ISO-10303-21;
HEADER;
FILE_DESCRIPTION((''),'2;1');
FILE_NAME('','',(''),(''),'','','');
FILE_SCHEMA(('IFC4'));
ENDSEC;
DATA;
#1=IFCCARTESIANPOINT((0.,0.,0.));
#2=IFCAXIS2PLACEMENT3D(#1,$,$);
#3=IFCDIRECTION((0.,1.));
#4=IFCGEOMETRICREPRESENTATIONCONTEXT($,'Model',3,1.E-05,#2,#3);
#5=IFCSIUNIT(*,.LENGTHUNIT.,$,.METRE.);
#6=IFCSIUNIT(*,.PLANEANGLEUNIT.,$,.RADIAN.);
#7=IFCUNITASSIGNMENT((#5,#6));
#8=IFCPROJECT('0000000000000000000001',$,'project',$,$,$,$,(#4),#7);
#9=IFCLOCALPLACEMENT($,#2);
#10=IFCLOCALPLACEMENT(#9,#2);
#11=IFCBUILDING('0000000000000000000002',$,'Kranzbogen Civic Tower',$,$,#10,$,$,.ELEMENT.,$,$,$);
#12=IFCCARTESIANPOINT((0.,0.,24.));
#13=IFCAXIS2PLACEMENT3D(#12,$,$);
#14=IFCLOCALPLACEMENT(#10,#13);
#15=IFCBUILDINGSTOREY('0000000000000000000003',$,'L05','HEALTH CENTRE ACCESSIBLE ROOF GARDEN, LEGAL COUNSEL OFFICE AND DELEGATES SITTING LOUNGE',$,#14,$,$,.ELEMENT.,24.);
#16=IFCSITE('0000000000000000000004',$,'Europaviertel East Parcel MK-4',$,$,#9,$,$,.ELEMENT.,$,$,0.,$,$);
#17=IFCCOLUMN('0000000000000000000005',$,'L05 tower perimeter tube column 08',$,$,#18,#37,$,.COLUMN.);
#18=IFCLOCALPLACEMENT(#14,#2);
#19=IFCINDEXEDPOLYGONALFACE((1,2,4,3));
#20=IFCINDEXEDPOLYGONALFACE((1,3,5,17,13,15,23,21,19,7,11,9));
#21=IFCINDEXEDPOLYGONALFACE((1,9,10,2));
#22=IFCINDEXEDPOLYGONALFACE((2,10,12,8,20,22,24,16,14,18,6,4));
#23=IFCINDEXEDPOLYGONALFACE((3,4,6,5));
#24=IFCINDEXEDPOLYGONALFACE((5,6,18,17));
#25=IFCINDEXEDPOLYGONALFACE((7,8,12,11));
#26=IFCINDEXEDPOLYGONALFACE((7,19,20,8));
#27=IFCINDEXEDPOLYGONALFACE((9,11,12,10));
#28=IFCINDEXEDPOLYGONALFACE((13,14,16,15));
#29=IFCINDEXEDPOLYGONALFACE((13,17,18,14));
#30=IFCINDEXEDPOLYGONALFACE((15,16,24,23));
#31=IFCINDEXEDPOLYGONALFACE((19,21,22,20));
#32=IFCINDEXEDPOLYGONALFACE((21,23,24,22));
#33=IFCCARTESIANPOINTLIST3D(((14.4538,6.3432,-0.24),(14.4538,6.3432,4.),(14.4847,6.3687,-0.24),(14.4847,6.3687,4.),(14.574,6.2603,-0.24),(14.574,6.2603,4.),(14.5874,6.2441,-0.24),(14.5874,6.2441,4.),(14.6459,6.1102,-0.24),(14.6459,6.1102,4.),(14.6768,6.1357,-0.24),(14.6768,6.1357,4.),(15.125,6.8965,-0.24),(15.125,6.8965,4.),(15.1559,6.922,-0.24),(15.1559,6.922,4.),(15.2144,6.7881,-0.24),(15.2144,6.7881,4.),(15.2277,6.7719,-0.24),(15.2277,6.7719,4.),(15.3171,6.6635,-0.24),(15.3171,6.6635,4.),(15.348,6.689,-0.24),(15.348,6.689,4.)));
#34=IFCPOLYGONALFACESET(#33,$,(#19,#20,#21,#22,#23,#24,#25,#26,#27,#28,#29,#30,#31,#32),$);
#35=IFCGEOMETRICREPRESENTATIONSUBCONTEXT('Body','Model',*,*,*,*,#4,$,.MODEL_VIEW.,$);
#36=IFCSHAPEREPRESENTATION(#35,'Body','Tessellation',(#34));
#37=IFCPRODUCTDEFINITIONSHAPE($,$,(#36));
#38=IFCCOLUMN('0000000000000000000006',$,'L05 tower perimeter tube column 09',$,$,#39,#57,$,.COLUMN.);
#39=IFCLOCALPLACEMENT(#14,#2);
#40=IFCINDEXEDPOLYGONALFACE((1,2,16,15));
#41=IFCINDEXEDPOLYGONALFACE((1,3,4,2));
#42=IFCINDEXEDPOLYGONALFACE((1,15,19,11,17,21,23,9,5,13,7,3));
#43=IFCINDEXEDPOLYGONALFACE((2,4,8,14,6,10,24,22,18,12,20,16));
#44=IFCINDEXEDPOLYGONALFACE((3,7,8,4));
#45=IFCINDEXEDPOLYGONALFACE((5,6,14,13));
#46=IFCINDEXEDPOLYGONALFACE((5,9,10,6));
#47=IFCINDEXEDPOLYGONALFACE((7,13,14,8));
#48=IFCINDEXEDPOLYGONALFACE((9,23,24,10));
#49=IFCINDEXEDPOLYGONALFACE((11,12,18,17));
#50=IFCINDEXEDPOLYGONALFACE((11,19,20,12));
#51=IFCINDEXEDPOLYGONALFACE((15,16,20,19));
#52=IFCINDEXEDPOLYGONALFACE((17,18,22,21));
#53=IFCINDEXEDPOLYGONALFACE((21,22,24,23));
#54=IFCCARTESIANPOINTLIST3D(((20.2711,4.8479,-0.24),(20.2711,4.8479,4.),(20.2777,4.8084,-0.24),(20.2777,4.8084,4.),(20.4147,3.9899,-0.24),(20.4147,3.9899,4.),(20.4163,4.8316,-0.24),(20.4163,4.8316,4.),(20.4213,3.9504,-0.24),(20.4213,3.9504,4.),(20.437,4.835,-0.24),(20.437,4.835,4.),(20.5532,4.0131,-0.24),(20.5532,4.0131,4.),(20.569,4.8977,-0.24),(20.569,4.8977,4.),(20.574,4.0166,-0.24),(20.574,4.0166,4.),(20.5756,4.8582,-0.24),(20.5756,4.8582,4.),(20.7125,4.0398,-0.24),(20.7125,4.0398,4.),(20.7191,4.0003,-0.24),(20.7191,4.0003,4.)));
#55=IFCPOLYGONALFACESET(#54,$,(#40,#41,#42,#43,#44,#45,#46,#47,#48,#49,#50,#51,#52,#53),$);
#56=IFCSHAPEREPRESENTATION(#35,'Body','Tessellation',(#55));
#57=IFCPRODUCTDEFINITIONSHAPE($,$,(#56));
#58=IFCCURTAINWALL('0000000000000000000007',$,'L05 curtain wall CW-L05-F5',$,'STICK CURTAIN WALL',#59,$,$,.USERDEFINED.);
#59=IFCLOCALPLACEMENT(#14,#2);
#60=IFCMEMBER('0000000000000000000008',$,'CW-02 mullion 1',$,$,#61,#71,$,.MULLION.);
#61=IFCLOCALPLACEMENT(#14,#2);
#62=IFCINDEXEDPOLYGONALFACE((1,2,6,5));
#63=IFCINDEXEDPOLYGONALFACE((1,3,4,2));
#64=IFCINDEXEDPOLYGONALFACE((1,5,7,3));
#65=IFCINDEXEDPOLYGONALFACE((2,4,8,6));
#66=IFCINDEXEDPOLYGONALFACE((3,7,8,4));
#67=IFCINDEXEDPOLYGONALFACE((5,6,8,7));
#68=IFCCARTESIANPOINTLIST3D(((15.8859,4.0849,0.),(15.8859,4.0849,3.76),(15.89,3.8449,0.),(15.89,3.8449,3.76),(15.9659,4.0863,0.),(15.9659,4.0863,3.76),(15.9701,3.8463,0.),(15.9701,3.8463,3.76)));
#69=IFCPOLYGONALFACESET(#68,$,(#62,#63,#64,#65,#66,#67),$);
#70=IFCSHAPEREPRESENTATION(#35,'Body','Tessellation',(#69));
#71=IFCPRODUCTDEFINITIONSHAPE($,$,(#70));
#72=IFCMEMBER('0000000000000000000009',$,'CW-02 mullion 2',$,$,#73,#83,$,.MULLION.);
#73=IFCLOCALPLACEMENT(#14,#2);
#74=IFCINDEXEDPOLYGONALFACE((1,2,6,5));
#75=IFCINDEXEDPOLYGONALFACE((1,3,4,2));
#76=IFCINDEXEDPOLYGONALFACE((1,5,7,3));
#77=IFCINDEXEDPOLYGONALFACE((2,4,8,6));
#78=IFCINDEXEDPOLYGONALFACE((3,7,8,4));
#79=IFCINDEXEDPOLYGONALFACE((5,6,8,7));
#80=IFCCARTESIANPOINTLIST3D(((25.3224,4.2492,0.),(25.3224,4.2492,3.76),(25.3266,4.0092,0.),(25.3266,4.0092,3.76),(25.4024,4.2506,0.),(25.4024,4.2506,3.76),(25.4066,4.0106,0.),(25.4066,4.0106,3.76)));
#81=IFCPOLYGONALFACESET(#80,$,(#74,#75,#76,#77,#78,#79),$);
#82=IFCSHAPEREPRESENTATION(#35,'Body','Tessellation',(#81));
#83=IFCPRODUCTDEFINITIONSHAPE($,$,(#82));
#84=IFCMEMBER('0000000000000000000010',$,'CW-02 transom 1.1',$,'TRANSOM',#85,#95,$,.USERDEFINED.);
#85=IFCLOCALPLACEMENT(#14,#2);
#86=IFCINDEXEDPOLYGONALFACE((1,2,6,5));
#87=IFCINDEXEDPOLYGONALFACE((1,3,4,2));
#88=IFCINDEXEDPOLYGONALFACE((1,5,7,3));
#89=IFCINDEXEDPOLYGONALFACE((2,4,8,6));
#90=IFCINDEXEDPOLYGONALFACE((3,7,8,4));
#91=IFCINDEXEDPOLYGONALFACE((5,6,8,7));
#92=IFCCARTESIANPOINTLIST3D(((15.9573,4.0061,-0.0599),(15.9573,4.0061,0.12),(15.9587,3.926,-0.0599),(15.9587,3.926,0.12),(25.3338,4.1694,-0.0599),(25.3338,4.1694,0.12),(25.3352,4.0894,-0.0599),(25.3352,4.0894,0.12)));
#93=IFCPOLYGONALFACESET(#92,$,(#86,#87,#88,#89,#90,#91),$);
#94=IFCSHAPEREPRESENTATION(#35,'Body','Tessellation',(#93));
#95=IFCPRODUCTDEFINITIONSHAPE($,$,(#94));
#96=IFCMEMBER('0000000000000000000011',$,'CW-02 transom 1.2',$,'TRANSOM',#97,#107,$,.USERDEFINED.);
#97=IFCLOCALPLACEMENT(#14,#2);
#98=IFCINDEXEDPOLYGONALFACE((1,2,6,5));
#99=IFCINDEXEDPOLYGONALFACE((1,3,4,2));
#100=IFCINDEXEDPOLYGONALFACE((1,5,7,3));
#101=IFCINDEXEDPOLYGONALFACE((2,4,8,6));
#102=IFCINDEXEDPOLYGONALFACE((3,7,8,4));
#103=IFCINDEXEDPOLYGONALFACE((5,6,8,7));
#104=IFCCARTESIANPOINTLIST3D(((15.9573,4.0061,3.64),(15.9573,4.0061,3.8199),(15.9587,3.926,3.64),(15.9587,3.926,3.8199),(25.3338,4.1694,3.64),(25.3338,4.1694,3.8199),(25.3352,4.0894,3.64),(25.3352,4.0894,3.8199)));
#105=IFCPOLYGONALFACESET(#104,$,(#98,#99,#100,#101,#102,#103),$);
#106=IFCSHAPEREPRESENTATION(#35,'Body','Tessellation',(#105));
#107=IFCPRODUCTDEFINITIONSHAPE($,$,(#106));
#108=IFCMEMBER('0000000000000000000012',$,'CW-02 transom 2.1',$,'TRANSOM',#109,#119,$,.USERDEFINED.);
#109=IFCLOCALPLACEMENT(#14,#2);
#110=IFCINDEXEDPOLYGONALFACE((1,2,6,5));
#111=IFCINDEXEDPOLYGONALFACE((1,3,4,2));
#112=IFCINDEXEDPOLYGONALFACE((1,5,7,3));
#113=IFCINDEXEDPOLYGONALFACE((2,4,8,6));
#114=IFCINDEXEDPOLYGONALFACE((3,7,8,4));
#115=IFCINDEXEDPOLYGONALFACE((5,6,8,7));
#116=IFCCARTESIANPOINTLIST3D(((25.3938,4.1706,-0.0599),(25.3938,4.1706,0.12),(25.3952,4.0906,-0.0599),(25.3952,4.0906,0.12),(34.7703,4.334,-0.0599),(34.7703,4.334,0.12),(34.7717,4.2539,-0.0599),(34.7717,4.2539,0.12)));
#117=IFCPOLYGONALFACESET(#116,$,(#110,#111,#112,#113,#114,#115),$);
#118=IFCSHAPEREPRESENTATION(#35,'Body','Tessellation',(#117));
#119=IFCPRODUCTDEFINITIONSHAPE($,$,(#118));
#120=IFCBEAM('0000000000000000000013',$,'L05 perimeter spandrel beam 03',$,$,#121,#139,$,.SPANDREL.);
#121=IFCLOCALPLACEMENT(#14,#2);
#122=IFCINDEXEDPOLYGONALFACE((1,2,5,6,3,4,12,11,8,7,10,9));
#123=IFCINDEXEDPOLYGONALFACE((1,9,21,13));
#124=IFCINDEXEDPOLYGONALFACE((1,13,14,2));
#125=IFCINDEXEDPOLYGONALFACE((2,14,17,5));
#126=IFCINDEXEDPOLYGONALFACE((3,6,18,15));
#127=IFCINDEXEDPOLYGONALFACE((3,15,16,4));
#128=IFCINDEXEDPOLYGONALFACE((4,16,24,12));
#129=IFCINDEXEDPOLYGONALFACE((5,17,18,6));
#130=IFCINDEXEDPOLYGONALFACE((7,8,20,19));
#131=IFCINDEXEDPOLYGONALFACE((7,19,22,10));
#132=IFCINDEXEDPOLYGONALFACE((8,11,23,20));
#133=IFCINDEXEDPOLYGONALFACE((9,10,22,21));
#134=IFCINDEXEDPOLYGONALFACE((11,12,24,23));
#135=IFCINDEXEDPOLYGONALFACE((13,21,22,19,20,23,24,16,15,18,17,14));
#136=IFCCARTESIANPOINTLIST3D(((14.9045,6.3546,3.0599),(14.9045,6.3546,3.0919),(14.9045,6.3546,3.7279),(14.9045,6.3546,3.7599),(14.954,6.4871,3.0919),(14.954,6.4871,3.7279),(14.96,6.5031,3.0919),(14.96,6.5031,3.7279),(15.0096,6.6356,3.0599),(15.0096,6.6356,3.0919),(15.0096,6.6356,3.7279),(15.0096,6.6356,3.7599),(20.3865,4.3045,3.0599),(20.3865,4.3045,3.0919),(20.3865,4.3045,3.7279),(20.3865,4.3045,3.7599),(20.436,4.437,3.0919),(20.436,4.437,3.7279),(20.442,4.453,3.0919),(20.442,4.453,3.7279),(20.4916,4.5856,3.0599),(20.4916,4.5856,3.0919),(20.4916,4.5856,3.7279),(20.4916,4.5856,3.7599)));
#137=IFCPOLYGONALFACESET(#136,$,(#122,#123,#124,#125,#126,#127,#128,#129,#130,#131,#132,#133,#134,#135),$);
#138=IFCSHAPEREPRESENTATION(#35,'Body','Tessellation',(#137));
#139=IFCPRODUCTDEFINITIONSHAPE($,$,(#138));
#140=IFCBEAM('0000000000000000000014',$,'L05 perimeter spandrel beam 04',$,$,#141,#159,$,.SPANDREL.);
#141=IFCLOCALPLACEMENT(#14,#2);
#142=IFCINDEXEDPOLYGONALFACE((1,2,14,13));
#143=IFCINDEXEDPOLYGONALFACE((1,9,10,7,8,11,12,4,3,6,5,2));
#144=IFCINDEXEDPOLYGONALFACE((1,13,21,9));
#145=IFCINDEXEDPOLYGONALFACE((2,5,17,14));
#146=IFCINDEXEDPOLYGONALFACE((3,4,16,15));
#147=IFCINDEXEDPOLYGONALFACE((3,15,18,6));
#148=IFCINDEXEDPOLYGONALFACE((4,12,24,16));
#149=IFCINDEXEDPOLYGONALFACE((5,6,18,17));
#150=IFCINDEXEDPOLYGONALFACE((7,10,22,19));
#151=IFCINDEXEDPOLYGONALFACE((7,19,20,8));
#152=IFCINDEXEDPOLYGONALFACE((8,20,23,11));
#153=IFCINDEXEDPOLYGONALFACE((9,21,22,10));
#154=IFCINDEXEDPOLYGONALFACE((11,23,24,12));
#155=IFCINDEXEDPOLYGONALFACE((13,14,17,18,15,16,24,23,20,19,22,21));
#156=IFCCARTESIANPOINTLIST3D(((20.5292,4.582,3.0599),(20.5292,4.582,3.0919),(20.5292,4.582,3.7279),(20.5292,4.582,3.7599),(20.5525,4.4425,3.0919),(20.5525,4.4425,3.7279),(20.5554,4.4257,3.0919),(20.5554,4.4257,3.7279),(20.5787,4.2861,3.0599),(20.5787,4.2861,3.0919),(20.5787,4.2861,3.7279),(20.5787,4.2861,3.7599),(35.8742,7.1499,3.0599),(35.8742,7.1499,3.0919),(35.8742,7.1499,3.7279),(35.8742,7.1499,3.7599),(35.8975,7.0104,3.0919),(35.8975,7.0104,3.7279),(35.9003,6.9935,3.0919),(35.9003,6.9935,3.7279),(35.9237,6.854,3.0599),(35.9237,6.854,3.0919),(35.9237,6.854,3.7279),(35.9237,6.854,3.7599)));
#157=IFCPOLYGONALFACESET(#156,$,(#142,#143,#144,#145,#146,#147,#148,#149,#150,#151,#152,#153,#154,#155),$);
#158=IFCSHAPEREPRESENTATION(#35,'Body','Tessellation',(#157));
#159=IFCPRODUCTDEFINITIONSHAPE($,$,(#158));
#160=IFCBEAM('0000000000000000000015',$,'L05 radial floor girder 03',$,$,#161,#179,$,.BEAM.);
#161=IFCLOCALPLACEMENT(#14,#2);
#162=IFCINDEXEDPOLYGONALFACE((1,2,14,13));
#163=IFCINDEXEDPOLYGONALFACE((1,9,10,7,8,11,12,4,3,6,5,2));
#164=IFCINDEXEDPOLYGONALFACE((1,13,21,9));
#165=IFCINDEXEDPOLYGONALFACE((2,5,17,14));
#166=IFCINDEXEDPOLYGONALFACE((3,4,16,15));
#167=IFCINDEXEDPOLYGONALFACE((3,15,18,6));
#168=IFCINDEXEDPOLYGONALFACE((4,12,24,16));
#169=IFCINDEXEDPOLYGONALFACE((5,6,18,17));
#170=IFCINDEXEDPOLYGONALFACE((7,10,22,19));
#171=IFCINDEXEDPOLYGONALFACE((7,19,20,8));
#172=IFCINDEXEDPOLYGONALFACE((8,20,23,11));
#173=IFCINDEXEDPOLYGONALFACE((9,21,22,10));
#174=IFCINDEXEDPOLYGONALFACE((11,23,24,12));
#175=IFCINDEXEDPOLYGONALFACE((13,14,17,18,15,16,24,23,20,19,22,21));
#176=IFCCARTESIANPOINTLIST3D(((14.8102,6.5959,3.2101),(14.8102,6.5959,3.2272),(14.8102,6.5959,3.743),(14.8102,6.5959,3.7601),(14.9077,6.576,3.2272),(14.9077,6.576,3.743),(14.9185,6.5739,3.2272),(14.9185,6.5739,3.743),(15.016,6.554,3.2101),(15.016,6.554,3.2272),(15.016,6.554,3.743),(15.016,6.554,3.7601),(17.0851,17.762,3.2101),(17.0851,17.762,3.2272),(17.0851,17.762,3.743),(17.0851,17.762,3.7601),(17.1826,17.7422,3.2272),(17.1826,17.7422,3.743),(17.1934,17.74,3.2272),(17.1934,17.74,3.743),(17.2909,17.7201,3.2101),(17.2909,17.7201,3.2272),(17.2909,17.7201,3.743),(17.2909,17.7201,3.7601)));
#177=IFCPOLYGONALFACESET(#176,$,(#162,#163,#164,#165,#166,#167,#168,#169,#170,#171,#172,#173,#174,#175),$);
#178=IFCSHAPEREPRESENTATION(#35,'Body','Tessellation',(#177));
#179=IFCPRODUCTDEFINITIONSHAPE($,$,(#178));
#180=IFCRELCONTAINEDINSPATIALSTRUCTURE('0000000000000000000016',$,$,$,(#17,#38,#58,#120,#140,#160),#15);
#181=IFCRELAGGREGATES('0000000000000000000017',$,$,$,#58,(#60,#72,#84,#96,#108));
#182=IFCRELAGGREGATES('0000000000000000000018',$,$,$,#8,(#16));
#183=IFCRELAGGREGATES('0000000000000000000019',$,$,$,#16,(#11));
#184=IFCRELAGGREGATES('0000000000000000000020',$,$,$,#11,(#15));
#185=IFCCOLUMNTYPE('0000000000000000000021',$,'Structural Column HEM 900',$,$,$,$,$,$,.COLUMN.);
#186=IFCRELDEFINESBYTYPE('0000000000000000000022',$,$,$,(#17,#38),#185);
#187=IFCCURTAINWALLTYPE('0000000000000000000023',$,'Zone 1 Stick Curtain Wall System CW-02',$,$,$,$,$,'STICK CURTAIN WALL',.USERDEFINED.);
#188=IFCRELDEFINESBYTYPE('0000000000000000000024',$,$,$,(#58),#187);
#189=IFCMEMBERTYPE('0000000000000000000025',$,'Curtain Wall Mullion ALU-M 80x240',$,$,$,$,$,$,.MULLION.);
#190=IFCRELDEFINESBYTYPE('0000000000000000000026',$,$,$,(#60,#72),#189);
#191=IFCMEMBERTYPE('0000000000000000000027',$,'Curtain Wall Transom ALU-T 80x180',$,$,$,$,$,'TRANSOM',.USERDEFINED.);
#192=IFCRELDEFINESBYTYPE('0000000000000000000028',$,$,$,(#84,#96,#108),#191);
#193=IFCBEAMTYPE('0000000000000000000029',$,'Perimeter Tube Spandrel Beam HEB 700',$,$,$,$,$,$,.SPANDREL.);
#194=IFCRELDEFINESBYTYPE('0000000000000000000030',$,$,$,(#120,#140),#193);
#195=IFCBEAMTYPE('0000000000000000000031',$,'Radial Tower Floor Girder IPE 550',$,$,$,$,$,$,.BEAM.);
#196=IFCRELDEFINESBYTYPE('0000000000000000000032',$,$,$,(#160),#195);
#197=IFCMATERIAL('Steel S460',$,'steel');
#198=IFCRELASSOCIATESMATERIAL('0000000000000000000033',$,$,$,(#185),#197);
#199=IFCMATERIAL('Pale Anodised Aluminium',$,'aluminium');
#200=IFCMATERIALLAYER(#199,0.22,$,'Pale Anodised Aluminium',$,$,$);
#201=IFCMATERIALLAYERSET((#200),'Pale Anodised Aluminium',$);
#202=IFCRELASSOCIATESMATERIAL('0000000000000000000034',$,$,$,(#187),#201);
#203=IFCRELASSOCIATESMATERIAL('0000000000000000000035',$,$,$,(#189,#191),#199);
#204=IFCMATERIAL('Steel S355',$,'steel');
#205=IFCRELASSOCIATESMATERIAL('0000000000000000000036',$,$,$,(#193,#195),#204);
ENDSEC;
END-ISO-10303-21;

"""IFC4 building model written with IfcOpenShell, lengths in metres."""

from ifc_helpers import new_model, si_unit, direction, frame, origin, origin_2d, place, context, subcontext, project, spatial, rectangle, i_section, extrude, material, layer, layer_set, material_profile, profile_set, type_object, element, aggregate, save


model = new_model("IFC4")

# Units and contexts
model_context = context("Model", 3, precision=1e-05, world=origin(), true_north=direction((0.0, 1.0)))
body_context = subcontext(model_context, "Body", "Model", "MODEL_VIEW")
ifc_project = project(units=[si_unit("LENGTHUNIT", "METRE"), si_unit("PLANEANGLEUNIT", "RADIAN")], contexts=[model_context])

# Site, building, storey
site_placement = place(None, origin())
site = spatial("IfcSite", under=ifc_project, at=site_placement, Name="Europaviertel East Parcel MK-4", CompositionType="ELEMENT", RefElevation=0.0)
building_placement = place(site_placement, origin())
building = spatial("IfcBuilding", under=site, at=building_placement, Name="Kranzbogen Civic Tower", CompositionType="ELEMENT")
storey_placement = place(building_placement, frame((0.0, 0.0, 24.0)))
storey = spatial("IfcBuildingStorey", under=building, at=storey_placement, Name="L05", Description="HEALTH CENTRE ACCESSIBLE ROOF GARDEN, LEGAL COUNSEL OFFICE AND DELEGATES SITTING LOUNGE", CompositionType="ELEMENT", Elevation=24.0)

# Columns
ifc_material_1 = material(Name="Steel S460", Category="steel")
ifc_material_profile_1 = material_profile(ifc_material_1, i_section(OverallWidth=0.302, OverallDepth=0.9099, WebThickness=0.021, FlangeThickness=0.04, at=origin_2d()), Name="HEM 900")
ifc_profile_set_1 = profile_set([ifc_material_profile_1], Name="Steel S460")
column_type = type_object("IfcColumnType", Name="Structural Column HEM 900", PredefinedType="COLUMN", material=ifc_profile_set_1)
for number, where, z_axis, x_axis, name in (
    (1, (14.9009, 6.5161, -0.24), (0.0, 0.0, 1.0), (-0.636078, 0.771625, 0.0), "L05 tower perimeter tube column 08"),
    (2, (20.4951, 4.4241, -0.24), (0.0, 0.0, 1.0), (0.986286, 0.165048, 0.0), "L05 tower perimeter tube column 09"),
):
    element("IfcColumn", number, at=place(storey_placement, frame(where, z_axis=z_axis, x_axis=x_axis)), inside=storey, type_object=column_type, Name=name, PredefinedType="COLUMN", context=body_context, shape_type="SweptSolid", body=[
        extrude(i_section(OverallWidth=0.302, OverallDepth=0.9099, WebThickness=0.021, FlangeThickness=0.04, at=origin_2d()), origin(), (0.0, 0.0, 1.0), 4.24),
    ])

# Curtain wall, members
ifc_material_2 = material(Name="Pale Anodised Aluminium", Category="aluminium")
ifc_layer_1 = layer(ifc_material_2, 0.22, Name="Pale Anodised Aluminium")
ifc_layer_set_1 = layer_set([ifc_layer_1], Name="Pale Anodised Aluminium")
curtain_wall_type = type_object("IfcCurtainWallType", Name="Zone 1 Stick Curtain Wall System CW-02", ElementType="STICK CURTAIN WALL", PredefinedType="USERDEFINED", material=ifc_layer_set_1)
curtain_wall_placement = place(storey_placement, origin())
curtain_wall = element("IfcCurtainWall", 3, at=curtain_wall_placement, inside=storey, type_object=curtain_wall_type, Name="L05 curtain wall CW-L05-F5", ObjectType="STICK CURTAIN WALL", PredefinedType="USERDEFINED")
ifc_material_profile_2 = material_profile(ifc_material_2, rectangle(XDim=0.0801, YDim=0.24, at=origin_2d()), Name="ALU-M 80x240")
ifc_profile_set_2 = profile_set([ifc_material_profile_2], Name="Pale Anodised Aluminium")
member_type_1 = type_object("IfcMemberType", Name="Curtain Wall Mullion ALU-M 80x240", PredefinedType="MULLION", material=ifc_profile_set_2)
member_1_placement = place(storey_placement, frame((15.928, 3.9656, 0.0), z_axis=(0.0, 0.0, 1.0), x_axis=(0.999848, 0.017427, 0.0)))
member_1 = element("IfcMember", 4, at=member_1_placement, type_object=member_type_1, Name="CW-02 mullion 1", PredefinedType="MULLION", context=body_context, shape_type="SweptSolid", body=[
    extrude(rectangle(XDim=0.0801, YDim=0.24, at=origin_2d()), origin(), (0.0, 0.0, 1.0), 3.76),
])
member_2_placement = place(storey_placement, frame((25.3645, 4.1299, 0.0), z_axis=(0.0, 0.0, 1.0), x_axis=(0.999848, 0.017427, 0.0)))
member_2 = element("IfcMember", 5, at=member_2_placement, type_object=member_type_1, Name="CW-02 mullion 2", PredefinedType="MULLION", context=body_context, shape_type="SweptSolid", body=[
    extrude(rectangle(XDim=0.0801, YDim=0.24, at=origin_2d()), origin(), (0.0, 0.0, 1.0), 3.76),
])
ifc_material_profile_3 = material_profile(ifc_material_2, rectangle(XDim=0.0801, YDim=0.1799, at=origin_2d()), Name="ALU-T 80x180")
ifc_profile_set_3 = profile_set([ifc_material_profile_3], Name="Pale Anodised Aluminium")
member_type_2 = type_object("IfcMemberType", Name="Curtain Wall Transom ALU-T 80x180", ElementType="TRANSOM", PredefinedType="USERDEFINED", material=ifc_profile_set_3)
member_3_placement = place(storey_placement, frame((15.958, 3.9661, 0.03), z_axis=(0.999848, 0.017417, 0.0), x_axis=(-0.017417, 0.999848, 0.0)))
member_3 = element("IfcMember", 6, at=member_3_placement, type_object=member_type_2, Name="CW-02 transom 1.1", ObjectType="TRANSOM", PredefinedType="USERDEFINED", context=body_context, shape_type="SweptSolid", body=[
    extrude(rectangle(XDim=0.0801, YDim=0.1799, at=origin_2d()), origin(), (0.0, 0.0, 1.0), 9.3779),
])
member_4_placement = place(storey_placement, frame((15.958, 3.9661, 3.73), z_axis=(0.999848, 0.017417, 0.0), x_axis=(-0.017417, 0.999848, 0.0)))
member_4 = element("IfcMember", 7, at=member_4_placement, type_object=member_type_2, Name="CW-02 transom 1.2", ObjectType="TRANSOM", PredefinedType="USERDEFINED", context=body_context, shape_type="SweptSolid", body=[
    extrude(rectangle(XDim=0.0801, YDim=0.1799, at=origin_2d()), origin(), (0.0, 0.0, 1.0), 9.3779),
])
member_5_placement = place(storey_placement, frame((25.3945, 4.1306, 0.03), z_axis=(0.999848, 0.017417, 0.0), x_axis=(-0.017417, 0.999848, 0.0)))
member_5 = element("IfcMember", 8, at=member_5_placement, type_object=member_type_2, Name="CW-02 transom 2.1", ObjectType="TRANSOM", PredefinedType="USERDEFINED", context=body_context, shape_type="SweptSolid", body=[
    extrude(rectangle(XDim=0.0801, YDim=0.1799, at=origin_2d()), origin(), (0.0, 0.0, 1.0), 9.3779),
])

# Beams
ifc_material_3 = material(Name="Steel S355", Category="steel")
ifc_material_profile_4 = material_profile(ifc_material_3, i_section(OverallWidth=0.3, OverallDepth=0.7, WebThickness=0.0171, FlangeThickness=0.032, at=origin_2d()), Name="HEB 700")
ifc_profile_set_4 = profile_set([ifc_material_profile_4], Name="Steel S355")
beam_type_1 = type_object("IfcBeamType", Name="Perimeter Tube Spandrel Beam HEB 700", PredefinedType="SPANDREL", material=ifc_profile_set_4)
beam_1_placement = place(storey_placement, frame((14.957, 6.4951, 3.4099), z_axis=(0.936648, -0.350273, 0.0), x_axis=(0.350273, 0.936648, 0.0)))
element("IfcBeam", 9, at=beam_1_placement, inside=storey, type_object=beam_type_1, Name="L05 perimeter spandrel beam 03", PredefinedType="SPANDREL", context=body_context, shape_type="SweptSolid", body=[
    extrude(i_section(OverallWidth=0.3, OverallDepth=0.7, WebThickness=0.0171, FlangeThickness=0.032, at=origin_2d()), origin(), (0.0, 0.0, 1.0), 5.8528),
])
beam_2_placement = place(storey_placement, frame((20.554, 4.4341, 3.4099), z_axis=(0.986286, 0.165048, 0.0), x_axis=(-0.165048, 0.986286, 0.0)))
element("IfcBeam", 10, at=beam_2_placement, inside=storey, type_object=beam_type_1, Name="L05 perimeter spandrel beam 04", PredefinedType="SPANDREL", context=body_context, shape_type="SweptSolid", body=[
    extrude(i_section(OverallWidth=0.3, OverallDepth=0.7, WebThickness=0.0171, FlangeThickness=0.032, at=origin_2d()), origin(), (0.0, 0.0, 1.0), 15.5583),
])
ifc_material_profile_5 = material_profile(ifc_material_3, i_section(OverallWidth=0.21, OverallDepth=0.55, WebThickness=0.011, FlangeThickness=0.0171, at=origin_2d()), Name="IPE 550")
ifc_profile_set_5 = profile_set([ifc_material_profile_5], Name="Steel S355")
beam_type_2 = type_object("IfcBeamType", Name="Radial Tower Floor Girder IPE 550", PredefinedType="BEAM", material=ifc_profile_set_5)
beam_3_placement = place(storey_placement, frame((14.9131, 6.575, 3.4851), z_axis=(0.199633, 0.979871, 0.0), x_axis=(-0.979871, 0.199633, 0.0)))
element("IfcBeam", 11, at=beam_3_placement, inside=storey, type_object=beam_type_2, Name="L05 radial floor girder 03", PredefinedType="BEAM", context=body_context, shape_type="SweptSolid", body=[
    extrude(i_section(OverallWidth=0.21, OverallDepth=0.55, WebThickness=0.011, FlangeThickness=0.0171, at=origin_2d()), origin(), (0.0, 0.0, 1.0), 11.3955),
])

aggregate(curtain_wall, [member_1, member_2, member_3, member_4, member_5])

save(model, "model.ifc")
